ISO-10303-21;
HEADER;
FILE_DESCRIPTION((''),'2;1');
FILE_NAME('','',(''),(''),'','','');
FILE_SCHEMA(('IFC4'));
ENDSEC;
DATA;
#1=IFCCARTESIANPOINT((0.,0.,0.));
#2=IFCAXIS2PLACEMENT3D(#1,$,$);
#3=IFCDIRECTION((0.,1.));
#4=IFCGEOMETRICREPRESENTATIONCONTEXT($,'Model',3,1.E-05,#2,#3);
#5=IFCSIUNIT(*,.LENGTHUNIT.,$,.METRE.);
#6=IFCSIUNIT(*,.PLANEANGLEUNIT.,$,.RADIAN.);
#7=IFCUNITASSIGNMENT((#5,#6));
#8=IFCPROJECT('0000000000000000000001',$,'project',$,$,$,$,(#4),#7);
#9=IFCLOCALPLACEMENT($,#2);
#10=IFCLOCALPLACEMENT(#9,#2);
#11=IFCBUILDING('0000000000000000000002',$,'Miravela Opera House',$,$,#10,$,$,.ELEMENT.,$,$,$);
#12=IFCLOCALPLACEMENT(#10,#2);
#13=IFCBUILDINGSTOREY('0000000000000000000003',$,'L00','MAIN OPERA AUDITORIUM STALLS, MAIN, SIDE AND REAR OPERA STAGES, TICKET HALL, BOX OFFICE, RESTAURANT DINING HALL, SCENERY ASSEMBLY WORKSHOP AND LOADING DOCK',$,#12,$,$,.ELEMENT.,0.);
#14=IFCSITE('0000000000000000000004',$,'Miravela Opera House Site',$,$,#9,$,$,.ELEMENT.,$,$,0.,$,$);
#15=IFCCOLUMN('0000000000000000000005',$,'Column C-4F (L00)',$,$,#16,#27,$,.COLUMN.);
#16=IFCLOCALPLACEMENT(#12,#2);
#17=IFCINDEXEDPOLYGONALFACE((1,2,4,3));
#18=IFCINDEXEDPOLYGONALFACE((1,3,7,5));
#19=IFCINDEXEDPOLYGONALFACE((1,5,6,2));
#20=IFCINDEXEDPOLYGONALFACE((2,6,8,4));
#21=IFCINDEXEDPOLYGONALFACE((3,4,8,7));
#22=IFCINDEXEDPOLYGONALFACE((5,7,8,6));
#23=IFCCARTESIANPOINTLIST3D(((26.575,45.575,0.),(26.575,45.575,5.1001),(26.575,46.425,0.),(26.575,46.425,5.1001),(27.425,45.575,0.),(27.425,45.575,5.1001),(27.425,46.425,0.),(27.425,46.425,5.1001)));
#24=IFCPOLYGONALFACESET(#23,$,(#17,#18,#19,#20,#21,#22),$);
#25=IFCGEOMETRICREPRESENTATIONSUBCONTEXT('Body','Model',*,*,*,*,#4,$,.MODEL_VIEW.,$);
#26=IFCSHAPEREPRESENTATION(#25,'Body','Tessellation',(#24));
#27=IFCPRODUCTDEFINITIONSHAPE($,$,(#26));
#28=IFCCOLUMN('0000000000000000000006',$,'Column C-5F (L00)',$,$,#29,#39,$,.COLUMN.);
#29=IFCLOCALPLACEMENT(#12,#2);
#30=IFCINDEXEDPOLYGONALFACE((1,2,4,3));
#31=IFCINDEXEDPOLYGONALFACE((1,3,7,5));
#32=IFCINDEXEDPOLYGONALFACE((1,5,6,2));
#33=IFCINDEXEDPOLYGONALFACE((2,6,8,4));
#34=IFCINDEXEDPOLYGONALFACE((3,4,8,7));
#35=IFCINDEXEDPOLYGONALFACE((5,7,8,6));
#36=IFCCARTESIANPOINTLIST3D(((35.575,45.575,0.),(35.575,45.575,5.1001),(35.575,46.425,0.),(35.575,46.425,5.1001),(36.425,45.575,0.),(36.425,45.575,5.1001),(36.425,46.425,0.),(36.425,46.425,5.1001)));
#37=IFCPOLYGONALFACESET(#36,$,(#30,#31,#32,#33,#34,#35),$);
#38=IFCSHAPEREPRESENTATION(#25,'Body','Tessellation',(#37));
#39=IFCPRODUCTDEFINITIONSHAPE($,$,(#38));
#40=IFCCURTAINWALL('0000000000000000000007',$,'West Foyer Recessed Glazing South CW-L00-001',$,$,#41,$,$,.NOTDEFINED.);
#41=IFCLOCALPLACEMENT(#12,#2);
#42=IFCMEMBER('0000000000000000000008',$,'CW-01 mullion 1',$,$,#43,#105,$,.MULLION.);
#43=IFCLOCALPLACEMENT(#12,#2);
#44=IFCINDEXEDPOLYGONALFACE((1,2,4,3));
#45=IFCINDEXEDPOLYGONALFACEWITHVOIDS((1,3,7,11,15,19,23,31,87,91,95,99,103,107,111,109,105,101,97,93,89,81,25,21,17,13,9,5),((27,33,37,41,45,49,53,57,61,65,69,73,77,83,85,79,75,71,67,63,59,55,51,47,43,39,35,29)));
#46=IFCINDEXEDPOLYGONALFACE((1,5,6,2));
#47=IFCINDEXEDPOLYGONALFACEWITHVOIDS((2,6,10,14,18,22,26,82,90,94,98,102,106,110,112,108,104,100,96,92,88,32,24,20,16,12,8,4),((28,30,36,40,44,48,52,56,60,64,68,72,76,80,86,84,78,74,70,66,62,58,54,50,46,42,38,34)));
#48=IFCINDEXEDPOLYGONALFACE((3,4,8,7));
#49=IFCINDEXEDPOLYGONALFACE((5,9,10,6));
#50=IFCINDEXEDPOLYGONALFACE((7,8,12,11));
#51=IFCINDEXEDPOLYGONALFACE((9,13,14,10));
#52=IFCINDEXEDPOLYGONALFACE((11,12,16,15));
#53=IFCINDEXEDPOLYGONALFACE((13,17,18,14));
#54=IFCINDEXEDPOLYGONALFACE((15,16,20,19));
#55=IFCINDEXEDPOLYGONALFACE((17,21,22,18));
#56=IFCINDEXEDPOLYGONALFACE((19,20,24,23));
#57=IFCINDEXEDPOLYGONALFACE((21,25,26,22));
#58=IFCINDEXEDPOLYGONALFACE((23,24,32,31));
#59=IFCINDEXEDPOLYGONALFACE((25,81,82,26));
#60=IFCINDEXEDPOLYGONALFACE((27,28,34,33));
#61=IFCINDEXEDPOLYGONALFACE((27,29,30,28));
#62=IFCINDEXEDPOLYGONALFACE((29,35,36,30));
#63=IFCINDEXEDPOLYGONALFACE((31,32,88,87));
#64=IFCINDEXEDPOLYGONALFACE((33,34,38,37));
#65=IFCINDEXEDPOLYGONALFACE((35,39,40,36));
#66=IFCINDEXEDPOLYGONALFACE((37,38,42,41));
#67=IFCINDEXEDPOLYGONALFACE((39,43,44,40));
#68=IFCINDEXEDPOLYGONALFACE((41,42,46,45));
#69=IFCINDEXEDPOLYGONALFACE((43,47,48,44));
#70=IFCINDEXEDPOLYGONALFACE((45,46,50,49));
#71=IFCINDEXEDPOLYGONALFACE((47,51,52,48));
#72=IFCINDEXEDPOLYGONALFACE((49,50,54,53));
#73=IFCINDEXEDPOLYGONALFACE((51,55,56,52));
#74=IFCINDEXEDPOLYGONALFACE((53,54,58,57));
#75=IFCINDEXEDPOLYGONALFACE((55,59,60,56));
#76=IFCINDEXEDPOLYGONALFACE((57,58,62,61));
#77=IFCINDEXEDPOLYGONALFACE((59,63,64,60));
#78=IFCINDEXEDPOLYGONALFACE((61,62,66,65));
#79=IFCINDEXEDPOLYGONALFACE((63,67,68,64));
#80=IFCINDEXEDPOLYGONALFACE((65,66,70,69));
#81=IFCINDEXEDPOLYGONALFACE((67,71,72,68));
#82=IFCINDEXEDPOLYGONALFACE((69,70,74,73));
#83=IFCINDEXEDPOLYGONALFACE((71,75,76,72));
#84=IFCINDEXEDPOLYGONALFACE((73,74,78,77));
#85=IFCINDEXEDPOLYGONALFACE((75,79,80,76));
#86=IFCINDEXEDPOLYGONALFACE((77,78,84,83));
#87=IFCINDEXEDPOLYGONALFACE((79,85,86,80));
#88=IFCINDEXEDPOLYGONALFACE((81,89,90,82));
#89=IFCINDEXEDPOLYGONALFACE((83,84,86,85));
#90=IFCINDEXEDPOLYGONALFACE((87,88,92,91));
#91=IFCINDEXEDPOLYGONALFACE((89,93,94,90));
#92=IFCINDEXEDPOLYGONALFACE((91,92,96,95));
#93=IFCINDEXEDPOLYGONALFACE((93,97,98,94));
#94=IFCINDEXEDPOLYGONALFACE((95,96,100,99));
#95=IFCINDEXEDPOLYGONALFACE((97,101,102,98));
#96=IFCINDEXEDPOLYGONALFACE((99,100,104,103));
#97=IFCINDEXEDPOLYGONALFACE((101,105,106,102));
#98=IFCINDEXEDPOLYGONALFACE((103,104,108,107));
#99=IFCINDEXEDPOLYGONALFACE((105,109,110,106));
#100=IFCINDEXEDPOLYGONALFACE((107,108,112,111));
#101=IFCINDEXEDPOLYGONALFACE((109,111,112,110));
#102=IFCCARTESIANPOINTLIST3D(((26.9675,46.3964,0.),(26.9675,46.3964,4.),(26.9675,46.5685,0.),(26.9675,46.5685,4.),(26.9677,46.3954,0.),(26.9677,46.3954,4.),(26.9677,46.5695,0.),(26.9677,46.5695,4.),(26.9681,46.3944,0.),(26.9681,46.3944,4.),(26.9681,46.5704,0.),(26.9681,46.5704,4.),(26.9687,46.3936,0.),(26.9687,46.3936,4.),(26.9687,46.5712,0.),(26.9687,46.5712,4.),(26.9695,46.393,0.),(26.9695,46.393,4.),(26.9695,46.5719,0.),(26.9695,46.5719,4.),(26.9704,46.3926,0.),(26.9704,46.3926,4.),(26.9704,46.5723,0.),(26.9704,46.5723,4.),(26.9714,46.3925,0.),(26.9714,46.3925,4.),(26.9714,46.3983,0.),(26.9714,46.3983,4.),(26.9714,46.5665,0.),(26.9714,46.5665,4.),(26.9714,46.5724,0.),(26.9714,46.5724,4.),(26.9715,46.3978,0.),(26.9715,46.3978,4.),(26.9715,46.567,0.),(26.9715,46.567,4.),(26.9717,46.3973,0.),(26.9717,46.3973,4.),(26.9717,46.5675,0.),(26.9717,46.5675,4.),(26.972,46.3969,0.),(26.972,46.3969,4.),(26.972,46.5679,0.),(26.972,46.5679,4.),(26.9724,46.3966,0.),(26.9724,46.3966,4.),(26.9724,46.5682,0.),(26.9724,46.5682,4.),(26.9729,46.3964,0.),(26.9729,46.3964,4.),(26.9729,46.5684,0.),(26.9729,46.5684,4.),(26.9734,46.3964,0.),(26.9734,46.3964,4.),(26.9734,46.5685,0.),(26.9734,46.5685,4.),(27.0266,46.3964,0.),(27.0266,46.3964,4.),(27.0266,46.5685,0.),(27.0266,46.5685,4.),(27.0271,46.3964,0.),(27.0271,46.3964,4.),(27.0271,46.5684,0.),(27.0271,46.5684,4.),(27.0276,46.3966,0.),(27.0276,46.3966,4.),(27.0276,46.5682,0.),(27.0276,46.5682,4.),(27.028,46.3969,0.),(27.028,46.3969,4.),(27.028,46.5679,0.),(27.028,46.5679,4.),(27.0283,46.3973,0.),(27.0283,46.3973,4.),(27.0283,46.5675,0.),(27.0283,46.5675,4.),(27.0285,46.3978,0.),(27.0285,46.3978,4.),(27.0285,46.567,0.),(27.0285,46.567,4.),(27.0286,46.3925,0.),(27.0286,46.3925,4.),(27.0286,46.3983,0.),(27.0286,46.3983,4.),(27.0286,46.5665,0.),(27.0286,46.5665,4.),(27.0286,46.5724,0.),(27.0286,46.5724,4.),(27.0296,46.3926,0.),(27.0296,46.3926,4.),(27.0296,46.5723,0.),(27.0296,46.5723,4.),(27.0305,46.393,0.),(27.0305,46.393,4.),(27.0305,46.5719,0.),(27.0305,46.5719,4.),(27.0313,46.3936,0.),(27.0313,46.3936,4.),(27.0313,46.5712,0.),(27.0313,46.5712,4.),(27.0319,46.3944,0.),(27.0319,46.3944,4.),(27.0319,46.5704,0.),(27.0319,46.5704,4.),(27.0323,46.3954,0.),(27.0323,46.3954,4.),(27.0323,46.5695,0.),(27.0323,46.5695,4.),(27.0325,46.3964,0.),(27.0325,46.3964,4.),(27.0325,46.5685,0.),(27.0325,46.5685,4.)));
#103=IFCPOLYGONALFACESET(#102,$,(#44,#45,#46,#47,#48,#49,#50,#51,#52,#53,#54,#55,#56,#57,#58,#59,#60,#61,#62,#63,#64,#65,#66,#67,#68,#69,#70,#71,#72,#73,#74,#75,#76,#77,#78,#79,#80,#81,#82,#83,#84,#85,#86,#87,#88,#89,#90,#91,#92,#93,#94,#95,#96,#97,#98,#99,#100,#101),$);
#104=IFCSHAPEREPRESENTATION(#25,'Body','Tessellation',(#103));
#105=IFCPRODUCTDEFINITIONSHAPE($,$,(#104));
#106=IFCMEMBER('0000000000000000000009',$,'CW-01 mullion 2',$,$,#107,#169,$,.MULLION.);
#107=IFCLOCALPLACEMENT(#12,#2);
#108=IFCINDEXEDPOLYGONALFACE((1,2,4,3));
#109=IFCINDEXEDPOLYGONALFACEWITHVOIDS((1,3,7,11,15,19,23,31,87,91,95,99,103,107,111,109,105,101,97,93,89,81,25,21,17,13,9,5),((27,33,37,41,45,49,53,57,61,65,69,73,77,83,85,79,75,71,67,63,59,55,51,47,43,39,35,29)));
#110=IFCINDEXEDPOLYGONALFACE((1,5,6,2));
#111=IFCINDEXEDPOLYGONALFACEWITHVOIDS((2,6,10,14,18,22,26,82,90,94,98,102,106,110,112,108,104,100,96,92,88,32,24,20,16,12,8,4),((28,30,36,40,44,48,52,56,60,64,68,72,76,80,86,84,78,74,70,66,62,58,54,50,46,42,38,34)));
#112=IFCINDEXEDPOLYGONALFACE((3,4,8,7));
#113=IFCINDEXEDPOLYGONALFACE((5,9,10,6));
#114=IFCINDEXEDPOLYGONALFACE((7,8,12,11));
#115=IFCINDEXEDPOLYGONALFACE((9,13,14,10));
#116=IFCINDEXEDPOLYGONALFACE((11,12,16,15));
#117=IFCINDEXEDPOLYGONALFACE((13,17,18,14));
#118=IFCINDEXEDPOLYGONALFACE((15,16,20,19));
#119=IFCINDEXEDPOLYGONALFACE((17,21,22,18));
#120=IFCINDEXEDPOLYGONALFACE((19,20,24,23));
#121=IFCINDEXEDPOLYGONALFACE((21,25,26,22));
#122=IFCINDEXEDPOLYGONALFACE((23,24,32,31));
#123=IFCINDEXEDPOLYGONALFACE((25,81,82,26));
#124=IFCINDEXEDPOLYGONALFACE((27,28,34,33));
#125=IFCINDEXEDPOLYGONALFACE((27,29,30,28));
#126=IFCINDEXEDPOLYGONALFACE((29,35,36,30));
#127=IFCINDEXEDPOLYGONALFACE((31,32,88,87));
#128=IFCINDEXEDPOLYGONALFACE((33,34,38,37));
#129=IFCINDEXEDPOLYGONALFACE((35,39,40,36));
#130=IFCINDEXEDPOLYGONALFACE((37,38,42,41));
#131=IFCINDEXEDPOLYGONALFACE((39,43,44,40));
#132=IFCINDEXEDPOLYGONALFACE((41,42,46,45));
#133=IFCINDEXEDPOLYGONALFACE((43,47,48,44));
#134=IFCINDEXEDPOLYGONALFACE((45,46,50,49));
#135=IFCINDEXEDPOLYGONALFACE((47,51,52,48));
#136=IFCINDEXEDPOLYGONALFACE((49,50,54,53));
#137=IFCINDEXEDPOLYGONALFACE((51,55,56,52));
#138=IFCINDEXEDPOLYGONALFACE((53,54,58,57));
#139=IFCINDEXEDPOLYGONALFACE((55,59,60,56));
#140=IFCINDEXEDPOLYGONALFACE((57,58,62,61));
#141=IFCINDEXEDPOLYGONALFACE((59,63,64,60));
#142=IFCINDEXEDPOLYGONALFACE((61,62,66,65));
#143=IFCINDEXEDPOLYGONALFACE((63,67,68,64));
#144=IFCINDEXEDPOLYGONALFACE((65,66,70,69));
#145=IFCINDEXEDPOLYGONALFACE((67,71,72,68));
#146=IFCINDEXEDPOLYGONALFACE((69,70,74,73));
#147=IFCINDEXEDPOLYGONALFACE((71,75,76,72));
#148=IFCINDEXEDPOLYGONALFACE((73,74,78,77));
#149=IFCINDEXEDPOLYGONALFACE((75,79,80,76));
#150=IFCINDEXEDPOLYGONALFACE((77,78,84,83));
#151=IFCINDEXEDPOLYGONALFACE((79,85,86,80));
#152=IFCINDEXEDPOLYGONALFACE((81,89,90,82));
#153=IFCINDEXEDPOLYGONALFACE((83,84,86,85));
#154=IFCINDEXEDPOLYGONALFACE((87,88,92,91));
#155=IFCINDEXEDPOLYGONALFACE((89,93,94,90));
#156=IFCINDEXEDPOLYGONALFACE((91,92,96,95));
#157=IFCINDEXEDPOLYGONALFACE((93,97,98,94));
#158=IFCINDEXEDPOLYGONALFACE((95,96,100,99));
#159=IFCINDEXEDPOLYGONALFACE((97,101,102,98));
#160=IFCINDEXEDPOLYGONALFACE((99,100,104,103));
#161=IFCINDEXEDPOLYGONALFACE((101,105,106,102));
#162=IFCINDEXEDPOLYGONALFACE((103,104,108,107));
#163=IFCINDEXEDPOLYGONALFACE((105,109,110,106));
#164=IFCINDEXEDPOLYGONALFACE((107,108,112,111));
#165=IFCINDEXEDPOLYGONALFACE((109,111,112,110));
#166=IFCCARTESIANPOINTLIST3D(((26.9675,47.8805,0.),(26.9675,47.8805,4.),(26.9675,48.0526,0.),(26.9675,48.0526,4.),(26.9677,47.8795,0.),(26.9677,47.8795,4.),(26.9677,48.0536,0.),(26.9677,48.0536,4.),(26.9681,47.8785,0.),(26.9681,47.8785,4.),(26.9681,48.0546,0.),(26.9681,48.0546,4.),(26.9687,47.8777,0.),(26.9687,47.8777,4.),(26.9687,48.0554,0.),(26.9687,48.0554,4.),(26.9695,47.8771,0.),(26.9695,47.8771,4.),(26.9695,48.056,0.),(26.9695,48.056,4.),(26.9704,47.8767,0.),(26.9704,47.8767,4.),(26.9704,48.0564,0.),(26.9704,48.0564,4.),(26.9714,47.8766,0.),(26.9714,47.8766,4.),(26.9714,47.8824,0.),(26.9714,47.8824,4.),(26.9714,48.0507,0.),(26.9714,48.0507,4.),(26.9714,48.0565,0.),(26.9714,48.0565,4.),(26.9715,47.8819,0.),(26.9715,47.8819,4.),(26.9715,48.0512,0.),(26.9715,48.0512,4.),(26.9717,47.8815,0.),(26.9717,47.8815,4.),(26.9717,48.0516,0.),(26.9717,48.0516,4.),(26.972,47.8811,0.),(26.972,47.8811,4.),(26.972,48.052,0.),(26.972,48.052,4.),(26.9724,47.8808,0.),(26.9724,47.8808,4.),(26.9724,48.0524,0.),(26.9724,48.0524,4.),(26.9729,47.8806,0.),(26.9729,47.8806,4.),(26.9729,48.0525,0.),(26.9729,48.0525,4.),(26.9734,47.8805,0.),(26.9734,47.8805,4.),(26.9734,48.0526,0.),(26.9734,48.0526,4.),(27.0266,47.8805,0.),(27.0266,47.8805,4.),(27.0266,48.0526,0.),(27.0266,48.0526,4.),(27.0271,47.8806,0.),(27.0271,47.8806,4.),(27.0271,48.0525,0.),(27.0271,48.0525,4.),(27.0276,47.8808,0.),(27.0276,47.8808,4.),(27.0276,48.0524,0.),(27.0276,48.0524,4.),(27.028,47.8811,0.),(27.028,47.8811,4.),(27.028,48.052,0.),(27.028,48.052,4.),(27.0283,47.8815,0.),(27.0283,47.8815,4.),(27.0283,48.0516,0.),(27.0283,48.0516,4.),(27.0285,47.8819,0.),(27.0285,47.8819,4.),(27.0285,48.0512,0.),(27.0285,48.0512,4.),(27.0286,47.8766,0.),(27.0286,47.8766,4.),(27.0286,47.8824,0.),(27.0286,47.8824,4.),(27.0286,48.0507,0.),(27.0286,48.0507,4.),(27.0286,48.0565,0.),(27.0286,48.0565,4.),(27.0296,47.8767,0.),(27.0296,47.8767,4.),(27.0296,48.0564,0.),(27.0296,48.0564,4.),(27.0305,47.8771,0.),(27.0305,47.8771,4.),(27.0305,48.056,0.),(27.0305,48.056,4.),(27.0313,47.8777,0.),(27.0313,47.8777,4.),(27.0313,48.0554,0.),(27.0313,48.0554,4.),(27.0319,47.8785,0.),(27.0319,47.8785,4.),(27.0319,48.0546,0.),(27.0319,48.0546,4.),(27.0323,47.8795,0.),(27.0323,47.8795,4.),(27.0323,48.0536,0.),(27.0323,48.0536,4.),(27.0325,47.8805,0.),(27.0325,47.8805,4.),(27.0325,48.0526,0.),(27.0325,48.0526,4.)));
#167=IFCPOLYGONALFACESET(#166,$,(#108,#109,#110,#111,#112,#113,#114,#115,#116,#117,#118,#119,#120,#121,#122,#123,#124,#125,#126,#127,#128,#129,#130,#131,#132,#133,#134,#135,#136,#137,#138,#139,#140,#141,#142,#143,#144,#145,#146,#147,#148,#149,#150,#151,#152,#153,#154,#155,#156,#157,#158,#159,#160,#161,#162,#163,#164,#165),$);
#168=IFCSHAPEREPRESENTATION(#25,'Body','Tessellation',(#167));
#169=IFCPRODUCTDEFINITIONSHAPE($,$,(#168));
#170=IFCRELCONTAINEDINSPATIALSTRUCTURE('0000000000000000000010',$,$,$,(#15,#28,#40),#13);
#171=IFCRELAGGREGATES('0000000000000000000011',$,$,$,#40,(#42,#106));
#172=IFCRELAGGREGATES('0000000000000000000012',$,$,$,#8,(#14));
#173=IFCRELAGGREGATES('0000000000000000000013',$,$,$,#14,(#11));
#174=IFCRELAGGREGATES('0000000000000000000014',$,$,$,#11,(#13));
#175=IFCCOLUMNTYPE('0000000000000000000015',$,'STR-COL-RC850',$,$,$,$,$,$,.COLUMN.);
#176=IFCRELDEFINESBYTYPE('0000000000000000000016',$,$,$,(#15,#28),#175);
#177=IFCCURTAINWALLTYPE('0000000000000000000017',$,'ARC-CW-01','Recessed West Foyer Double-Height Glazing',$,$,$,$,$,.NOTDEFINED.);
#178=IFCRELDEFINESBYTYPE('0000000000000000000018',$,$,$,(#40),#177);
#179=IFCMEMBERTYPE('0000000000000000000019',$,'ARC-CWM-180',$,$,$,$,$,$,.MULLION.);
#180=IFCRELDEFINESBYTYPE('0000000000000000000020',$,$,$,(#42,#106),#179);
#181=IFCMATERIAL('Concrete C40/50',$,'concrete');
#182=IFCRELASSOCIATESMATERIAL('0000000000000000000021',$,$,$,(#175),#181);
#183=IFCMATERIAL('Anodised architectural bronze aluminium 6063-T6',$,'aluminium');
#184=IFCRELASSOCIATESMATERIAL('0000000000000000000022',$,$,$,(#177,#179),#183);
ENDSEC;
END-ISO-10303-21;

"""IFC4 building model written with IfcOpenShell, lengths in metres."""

from ifc_helpers import new_model, si_unit, direction, frame, origin, origin_2d, place, context, subcontext, project, spatial, rectangle, hollow_rectangle, extrude, material, material_profile, profile_set, type_object, element, aggregate, save


model = new_model("IFC4")

# Units and contexts
model_context = context("Model", 3, precision=1e-05, world=origin(), true_north=direction((0.0, 1.0)))
body_context = subcontext(model_context, "Body", "Model", "MODEL_VIEW")
ifc_project = project(units=[si_unit("LENGTHUNIT", "METRE"), si_unit("PLANEANGLEUNIT", "RADIAN")], contexts=[model_context])

# Site, building, storey
site_placement = place(None, origin())
site = spatial("IfcSite", under=ifc_project, at=site_placement, Name="Miravela Opera House Site", CompositionType="ELEMENT", RefElevation=0.0)
building_placement = place(site_placement, origin())
building = spatial("IfcBuilding", under=site, at=building_placement, Name="Miravela Opera House", CompositionType="ELEMENT")
storey_placement = place(building_placement, origin())
storey = spatial("IfcBuildingStorey", under=building, at=storey_placement, Name="L00", Description="MAIN OPERA AUDITORIUM STALLS, MAIN, SIDE AND REAR OPERA STAGES, TICKET HALL, BOX OFFICE, RESTAURANT DINING HALL, SCENERY ASSEMBLY WORKSHOP AND LOADING DOCK", CompositionType="ELEMENT", Elevation=0.0)

# Columns
ifc_material_1 = material(Name="Concrete C40/50", Category="concrete")
ifc_material_profile_1 = material_profile(ifc_material_1, rectangle(XDim=0.8501, YDim=0.8501, at=origin_2d()), Name="RC-COL-850X850")
ifc_profile_set_1 = profile_set([ifc_material_profile_1])
column_type = type_object("IfcColumnType", Name="STR-COL-RC850", PredefinedType="COLUMN", material=ifc_profile_set_1)
for number, where, z_axis, x_axis, name in (
    (1, (27.0, 46.0, 0.0), (0.0, 0.0, 1.0), (1.0, 0.0, 0.0), "Column C-4F (L00)"),
    (2, (36.0, 46.0, 0.0), (0.0, 0.0, 1.0), (1.0, 0.0, 0.0), "Column C-5F (L00)"),
):
    element("IfcColumn", number, at=place(storey_placement, frame(where, z_axis=z_axis, x_axis=x_axis)), inside=storey, type_object=column_type, Name=name, PredefinedType="COLUMN", context=body_context, shape_type="SweptSolid", body=[
        extrude(rectangle(XDim=0.8501, YDim=0.8501, at=origin_2d()), origin(), (0.0, 0.0, 1.0), 5.1001),
    ])

# Curtain wall, members
ifc_material_2 = material(Name="Anodised architectural bronze aluminium 6063-T6", Category="aluminium")
curtain_wall_type = type_object("IfcCurtainWallType", Name="ARC-CW-01", Description="Recessed West Foyer Double-Height Glazing", PredefinedType="NOTDEFINED", material=ifc_material_2)
curtain_wall_placement = place(storey_placement, origin())
curtain_wall = element("IfcCurtainWall", 3, at=curtain_wall_placement, inside=storey, type_object=curtain_wall_type, Name="West Foyer Recessed Glazing South CW-L00-001", PredefinedType="NOTDEFINED")
ifc_material_profile_2 = material_profile(ifc_material_2, hollow_rectangle(XDim=0.0649, YDim=0.1799, WallThickness=0.0039, InnerFilletRadius=0.002, OuterFilletRadius=0.0039, at=origin_2d()), Name="CWM-65X180")
ifc_profile_set_2 = profile_set([ifc_material_profile_2])
member_type_1 = type_object("IfcMemberType", Name="ARC-CWM-180", PredefinedType="MULLION", material=ifc_profile_set_2)
member_1_placement = place(storey_placement, frame((27.0, 46.4824, 0.0), z_axis=(0.0, 0.0, 1.0), x_axis=(-1.0, 0.0, 0.0)))
member_1 = element("IfcMember", 4, at=member_1_placement, type_object=member_type_1, Name="CW-01 mullion 1", PredefinedType="MULLION", context=body_context, shape_type="SweptSolid", body=[
    extrude(hollow_rectangle(XDim=0.0649, YDim=0.1799, WallThickness=0.0039, InnerFilletRadius=0.002, OuterFilletRadius=0.0039, at=origin_2d()), origin(), (0.0, 0.0, 1.0), 4.0),
])
member_2_placement = place(storey_placement, frame((27.0, 47.9666, 0.0), z_axis=(0.0, 0.0, 1.0), x_axis=(-1.0, 0.0, 0.0)))
member_2 = element("IfcMember", 5, at=member_2_placement, type_object=member_type_1, Name="CW-01 mullion 2", PredefinedType="MULLION", context=body_context, shape_type="SweptSolid", body=[
    extrude(hollow_rectangle(XDim=0.0649, YDim=0.1799, WallThickness=0.0039, InnerFilletRadius=0.002, OuterFilletRadius=0.0039, at=origin_2d()), origin(), (0.0, 0.0, 1.0), 4.0),
])

aggregate(curtain_wall, [member_1, member_2])

save(model, "model.ifc")
